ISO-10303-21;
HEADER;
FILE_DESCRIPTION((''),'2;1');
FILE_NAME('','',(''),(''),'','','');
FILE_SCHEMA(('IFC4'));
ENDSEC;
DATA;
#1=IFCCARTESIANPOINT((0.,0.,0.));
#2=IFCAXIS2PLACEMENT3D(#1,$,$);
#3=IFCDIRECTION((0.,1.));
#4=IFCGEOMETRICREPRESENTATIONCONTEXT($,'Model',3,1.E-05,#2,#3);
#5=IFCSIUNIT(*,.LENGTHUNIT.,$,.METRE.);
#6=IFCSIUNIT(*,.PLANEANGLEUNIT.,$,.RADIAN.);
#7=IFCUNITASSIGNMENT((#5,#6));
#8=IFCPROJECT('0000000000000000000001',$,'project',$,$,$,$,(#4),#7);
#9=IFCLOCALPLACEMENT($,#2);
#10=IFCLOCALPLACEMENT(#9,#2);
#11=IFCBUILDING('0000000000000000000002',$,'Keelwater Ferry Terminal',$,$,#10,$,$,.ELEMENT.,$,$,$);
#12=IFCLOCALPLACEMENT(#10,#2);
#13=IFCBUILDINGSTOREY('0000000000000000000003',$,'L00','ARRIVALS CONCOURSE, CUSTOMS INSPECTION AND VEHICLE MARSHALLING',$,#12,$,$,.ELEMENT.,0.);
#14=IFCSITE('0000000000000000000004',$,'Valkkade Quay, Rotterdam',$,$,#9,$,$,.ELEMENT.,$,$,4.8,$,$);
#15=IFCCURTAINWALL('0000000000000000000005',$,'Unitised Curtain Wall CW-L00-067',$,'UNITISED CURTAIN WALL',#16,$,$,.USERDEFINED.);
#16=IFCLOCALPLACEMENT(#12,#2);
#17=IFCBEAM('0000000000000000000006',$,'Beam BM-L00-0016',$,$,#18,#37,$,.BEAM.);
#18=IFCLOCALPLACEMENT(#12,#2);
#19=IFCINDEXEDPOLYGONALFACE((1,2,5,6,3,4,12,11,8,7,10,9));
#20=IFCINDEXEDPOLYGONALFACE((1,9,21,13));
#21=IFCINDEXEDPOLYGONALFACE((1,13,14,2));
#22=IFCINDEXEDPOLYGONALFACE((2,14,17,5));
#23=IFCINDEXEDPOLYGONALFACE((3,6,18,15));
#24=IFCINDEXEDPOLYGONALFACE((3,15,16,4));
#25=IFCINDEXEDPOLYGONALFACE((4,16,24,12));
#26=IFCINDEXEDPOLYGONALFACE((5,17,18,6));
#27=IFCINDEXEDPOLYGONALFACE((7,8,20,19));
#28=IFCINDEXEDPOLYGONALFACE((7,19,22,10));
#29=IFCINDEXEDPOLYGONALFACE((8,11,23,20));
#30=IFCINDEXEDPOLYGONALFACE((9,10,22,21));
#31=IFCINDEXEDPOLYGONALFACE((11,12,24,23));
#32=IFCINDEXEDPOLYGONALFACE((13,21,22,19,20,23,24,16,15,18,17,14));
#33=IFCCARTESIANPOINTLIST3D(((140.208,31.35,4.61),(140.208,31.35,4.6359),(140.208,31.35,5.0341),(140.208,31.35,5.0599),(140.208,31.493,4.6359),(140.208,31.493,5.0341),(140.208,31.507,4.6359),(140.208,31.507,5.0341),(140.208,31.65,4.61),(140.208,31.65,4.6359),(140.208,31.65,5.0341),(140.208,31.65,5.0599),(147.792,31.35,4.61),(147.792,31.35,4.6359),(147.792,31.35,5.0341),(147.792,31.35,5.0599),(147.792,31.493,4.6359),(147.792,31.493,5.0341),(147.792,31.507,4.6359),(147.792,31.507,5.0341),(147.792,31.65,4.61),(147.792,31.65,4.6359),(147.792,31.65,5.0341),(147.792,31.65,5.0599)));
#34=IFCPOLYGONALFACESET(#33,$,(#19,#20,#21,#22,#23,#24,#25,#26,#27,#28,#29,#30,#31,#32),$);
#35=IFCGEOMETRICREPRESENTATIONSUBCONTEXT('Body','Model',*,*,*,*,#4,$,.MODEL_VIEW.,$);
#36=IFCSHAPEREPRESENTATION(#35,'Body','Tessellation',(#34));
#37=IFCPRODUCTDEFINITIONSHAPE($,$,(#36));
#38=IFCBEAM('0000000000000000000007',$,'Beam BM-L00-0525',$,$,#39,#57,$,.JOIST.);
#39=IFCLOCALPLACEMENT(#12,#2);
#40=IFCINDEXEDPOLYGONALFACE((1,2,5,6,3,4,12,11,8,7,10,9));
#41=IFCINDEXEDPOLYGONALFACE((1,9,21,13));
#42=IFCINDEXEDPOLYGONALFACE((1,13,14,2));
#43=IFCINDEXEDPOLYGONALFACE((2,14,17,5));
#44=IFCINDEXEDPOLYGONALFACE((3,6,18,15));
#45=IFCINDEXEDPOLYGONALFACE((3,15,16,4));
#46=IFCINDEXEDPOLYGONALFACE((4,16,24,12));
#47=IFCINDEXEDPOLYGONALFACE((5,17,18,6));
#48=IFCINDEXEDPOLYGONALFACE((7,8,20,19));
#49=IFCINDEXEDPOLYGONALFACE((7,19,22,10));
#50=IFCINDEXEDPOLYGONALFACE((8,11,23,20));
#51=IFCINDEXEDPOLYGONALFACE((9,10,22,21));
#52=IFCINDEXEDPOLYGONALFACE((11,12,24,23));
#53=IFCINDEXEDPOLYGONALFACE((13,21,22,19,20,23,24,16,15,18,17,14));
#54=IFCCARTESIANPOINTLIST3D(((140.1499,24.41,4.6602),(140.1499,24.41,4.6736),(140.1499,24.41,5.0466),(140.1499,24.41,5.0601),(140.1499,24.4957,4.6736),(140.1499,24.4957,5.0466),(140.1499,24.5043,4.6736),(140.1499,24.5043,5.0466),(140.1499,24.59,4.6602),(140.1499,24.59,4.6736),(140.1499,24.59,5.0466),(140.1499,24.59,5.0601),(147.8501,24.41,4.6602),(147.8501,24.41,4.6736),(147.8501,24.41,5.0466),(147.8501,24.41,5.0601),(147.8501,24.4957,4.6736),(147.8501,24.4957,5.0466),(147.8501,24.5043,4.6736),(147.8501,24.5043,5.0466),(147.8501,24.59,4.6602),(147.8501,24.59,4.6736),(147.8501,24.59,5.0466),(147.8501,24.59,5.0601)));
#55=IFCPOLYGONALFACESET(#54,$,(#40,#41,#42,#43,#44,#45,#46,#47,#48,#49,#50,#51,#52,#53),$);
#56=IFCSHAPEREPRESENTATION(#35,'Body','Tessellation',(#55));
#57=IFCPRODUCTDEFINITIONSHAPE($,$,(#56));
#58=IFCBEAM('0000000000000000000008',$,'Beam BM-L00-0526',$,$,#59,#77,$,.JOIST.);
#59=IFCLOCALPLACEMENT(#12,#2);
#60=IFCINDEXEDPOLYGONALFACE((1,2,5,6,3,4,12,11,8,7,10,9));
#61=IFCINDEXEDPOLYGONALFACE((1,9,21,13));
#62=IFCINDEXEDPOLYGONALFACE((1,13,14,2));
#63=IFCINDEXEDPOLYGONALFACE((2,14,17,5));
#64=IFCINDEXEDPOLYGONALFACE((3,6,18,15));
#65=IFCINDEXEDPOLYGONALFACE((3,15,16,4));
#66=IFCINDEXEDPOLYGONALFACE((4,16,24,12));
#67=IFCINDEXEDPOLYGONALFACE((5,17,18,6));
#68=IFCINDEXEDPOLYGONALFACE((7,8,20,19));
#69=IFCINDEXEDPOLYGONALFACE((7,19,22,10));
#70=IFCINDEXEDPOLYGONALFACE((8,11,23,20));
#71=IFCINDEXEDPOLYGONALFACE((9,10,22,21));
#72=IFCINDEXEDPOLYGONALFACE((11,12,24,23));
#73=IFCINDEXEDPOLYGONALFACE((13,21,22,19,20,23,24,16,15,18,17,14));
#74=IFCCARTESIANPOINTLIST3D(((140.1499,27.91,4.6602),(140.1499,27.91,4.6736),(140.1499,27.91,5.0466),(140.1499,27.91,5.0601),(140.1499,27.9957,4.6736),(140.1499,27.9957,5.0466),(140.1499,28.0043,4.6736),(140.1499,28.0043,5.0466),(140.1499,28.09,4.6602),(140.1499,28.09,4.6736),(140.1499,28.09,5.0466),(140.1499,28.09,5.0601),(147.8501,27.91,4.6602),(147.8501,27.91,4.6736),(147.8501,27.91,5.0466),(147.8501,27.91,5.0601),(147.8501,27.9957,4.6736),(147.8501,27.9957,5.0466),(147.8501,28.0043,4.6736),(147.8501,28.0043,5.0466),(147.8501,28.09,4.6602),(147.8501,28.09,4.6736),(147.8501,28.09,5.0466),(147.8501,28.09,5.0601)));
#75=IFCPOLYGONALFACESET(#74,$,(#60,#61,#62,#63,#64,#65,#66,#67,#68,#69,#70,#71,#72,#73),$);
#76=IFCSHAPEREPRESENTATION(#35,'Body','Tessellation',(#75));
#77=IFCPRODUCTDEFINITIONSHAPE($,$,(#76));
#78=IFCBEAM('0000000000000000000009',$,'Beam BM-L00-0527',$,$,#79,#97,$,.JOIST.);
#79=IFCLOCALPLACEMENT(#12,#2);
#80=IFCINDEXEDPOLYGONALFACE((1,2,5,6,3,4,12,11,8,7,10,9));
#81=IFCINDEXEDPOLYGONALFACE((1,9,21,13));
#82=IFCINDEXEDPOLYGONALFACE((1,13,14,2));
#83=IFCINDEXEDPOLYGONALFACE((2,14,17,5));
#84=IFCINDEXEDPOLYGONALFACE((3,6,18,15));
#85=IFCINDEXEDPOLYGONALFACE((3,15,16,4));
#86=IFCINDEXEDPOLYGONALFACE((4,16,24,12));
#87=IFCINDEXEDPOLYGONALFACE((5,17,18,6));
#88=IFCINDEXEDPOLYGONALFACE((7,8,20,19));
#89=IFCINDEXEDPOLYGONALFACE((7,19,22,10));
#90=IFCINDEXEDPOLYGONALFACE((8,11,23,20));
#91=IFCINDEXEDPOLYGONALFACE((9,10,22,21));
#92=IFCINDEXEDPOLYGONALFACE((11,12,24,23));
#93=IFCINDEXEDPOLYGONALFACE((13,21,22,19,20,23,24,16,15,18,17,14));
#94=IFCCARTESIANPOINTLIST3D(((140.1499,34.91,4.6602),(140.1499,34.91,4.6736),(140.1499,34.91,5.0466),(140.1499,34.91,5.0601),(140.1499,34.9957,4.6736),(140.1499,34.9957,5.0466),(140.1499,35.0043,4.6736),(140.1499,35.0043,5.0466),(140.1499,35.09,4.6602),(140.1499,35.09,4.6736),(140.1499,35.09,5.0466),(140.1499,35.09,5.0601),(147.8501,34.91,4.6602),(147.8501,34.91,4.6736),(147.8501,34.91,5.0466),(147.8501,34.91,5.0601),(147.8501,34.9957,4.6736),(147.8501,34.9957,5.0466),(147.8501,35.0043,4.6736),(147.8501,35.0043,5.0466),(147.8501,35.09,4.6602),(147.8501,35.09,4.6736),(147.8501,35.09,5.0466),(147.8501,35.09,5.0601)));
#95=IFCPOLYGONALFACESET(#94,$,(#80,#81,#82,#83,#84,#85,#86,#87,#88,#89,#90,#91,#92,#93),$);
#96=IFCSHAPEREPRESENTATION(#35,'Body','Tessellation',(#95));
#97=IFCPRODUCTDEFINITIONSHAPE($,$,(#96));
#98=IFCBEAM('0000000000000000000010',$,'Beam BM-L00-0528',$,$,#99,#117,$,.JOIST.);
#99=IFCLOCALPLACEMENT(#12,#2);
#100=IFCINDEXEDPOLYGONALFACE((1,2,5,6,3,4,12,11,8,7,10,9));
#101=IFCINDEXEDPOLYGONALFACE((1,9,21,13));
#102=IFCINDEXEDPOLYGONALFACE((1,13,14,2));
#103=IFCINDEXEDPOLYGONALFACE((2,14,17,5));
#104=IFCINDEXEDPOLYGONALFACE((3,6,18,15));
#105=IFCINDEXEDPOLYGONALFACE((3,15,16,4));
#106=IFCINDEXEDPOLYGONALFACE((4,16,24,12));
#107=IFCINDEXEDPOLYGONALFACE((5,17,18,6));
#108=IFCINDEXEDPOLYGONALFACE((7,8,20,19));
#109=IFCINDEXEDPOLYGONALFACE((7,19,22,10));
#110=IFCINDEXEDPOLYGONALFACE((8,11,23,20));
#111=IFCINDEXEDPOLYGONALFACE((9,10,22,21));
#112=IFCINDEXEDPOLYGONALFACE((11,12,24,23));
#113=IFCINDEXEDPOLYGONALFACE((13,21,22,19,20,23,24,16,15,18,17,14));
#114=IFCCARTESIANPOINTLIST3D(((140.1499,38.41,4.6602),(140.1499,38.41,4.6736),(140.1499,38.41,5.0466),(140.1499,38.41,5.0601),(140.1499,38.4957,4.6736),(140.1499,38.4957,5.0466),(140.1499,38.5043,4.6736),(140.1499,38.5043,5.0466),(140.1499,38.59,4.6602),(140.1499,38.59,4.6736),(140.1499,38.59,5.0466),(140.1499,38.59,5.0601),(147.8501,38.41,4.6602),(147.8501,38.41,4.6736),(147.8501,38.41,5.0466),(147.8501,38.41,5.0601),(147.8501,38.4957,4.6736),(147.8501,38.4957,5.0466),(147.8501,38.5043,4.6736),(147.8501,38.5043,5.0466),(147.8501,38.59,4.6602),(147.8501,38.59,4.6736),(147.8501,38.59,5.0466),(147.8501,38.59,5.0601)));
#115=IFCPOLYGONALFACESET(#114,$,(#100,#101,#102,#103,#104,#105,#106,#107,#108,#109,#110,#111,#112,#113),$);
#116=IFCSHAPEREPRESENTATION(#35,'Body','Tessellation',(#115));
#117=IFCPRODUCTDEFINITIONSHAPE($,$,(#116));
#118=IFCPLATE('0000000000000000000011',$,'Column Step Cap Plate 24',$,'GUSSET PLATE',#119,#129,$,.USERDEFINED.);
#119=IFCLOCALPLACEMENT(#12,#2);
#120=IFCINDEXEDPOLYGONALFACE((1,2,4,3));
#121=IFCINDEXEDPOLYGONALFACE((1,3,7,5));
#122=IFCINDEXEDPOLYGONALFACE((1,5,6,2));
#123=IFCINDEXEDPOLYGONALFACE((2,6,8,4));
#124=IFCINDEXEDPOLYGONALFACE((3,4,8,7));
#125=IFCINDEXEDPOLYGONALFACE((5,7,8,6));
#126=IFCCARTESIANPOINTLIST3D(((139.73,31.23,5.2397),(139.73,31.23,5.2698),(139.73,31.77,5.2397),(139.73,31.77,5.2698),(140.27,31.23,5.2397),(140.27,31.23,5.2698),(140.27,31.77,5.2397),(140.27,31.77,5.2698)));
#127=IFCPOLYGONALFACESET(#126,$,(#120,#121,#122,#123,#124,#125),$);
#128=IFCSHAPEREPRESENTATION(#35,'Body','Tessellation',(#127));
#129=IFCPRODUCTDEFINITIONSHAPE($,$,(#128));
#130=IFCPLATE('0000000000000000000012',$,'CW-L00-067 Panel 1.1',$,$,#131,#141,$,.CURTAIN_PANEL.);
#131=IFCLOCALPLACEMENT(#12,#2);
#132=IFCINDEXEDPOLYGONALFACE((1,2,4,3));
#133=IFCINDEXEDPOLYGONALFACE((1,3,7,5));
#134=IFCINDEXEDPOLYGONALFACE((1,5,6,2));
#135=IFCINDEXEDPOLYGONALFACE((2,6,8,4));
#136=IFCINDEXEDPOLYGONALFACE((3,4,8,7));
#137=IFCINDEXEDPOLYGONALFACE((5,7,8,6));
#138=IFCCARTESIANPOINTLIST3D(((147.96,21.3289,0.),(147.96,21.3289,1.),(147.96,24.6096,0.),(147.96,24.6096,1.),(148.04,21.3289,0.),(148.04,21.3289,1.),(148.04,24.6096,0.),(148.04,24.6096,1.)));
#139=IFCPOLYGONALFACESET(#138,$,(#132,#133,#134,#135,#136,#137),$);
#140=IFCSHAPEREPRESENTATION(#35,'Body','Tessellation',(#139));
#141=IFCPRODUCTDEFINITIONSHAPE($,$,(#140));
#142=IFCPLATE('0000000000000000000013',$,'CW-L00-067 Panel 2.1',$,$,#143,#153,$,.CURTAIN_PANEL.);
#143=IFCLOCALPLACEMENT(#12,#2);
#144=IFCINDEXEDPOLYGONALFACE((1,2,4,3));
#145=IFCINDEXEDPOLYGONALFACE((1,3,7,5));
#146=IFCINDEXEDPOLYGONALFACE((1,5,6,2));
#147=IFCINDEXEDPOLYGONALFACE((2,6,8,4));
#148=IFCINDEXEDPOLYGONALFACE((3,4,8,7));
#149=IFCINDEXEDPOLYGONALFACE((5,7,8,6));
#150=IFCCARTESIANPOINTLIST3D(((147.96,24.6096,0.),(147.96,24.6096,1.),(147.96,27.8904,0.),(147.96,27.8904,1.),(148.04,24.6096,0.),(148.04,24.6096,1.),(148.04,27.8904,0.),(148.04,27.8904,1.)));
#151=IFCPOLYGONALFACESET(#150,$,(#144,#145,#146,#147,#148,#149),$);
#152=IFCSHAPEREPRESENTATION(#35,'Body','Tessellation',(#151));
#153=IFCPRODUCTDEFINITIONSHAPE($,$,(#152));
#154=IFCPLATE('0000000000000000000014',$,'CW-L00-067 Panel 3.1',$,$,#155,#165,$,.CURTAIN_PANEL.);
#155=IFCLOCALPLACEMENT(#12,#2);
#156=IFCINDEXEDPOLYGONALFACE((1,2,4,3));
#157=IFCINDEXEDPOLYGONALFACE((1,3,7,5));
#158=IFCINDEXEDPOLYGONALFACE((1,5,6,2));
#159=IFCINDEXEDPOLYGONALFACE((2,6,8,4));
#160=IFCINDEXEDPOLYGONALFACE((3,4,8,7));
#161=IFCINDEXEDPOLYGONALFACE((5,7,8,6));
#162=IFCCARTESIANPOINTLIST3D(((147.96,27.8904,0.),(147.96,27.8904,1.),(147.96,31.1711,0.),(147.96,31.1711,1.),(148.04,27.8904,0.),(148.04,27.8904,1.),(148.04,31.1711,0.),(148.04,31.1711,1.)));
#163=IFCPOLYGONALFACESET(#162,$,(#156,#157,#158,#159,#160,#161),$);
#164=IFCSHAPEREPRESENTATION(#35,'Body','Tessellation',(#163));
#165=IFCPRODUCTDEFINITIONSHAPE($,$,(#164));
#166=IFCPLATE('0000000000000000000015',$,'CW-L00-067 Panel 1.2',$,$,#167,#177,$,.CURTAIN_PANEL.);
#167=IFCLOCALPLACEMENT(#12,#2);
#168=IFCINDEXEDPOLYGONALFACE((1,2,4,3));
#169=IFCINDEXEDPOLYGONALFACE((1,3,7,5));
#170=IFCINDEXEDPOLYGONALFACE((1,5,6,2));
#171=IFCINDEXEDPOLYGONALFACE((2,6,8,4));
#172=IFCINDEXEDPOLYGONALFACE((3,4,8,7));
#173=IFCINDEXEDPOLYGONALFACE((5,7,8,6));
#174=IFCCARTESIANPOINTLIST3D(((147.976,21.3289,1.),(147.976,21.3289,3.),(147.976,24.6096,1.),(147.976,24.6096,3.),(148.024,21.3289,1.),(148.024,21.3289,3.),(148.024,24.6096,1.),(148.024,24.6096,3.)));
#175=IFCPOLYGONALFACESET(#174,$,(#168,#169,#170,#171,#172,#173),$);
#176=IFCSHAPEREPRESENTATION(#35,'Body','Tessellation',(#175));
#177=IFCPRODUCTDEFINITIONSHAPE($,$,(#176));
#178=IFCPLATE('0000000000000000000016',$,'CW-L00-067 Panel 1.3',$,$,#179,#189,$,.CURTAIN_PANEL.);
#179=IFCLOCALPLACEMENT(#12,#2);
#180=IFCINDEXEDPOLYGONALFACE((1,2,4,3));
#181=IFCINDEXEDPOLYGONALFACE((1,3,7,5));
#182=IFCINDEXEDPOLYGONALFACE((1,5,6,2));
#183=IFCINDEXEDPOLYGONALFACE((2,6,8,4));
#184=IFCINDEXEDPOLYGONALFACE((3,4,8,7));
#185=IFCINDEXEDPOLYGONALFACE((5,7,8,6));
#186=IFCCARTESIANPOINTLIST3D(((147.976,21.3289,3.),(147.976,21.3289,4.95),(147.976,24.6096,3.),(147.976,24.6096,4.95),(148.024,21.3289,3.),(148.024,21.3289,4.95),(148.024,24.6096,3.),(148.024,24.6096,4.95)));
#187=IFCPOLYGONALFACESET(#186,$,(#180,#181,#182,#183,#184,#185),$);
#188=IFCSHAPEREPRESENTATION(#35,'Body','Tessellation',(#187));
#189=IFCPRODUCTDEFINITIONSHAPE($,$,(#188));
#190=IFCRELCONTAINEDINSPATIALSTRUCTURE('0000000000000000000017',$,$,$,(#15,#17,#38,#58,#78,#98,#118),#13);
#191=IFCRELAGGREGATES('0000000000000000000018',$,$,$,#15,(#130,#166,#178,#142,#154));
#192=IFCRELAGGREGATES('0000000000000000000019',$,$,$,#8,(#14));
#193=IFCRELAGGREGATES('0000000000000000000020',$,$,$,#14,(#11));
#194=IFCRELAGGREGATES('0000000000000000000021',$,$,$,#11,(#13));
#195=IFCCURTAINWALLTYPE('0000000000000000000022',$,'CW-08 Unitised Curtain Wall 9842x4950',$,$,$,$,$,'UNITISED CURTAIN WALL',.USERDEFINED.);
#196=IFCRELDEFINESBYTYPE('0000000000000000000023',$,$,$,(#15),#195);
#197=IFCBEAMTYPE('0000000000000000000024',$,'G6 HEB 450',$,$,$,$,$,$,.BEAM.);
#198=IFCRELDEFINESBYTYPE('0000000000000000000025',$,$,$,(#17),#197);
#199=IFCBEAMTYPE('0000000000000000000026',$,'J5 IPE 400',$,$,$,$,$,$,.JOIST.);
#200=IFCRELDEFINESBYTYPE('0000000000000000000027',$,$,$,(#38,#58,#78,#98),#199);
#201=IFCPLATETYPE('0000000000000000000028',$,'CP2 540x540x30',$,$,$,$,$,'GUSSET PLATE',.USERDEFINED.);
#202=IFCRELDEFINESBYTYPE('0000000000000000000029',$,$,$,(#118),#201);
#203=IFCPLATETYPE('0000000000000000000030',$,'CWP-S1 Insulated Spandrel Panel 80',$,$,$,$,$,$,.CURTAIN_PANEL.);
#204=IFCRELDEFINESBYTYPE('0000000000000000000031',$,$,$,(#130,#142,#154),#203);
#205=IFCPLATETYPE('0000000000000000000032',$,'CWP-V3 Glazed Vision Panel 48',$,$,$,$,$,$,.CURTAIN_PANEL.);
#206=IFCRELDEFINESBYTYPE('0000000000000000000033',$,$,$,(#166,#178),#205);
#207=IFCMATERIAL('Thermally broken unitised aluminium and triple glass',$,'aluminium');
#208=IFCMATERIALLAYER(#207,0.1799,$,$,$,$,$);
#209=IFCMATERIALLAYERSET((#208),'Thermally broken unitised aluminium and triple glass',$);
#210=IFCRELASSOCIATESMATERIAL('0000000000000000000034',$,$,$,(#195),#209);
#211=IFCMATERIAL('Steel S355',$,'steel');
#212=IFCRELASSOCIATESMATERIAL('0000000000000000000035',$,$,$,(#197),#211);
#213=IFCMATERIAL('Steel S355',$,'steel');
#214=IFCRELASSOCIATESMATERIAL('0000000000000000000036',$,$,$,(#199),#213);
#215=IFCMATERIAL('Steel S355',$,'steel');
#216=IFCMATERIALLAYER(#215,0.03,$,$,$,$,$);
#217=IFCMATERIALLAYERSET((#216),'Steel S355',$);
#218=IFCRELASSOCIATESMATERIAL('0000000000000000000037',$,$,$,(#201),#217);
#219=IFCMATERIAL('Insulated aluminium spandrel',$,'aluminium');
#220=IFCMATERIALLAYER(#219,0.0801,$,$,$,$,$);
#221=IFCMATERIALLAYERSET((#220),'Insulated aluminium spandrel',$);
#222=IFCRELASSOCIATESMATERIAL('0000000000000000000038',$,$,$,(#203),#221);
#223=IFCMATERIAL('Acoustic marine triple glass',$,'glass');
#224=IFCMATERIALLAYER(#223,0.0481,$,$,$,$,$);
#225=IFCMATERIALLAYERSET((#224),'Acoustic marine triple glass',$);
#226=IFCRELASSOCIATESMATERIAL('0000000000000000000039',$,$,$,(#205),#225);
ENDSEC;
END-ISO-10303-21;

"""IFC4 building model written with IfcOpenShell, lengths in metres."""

from ifc_helpers import new_model, si_unit, direction, frame, origin, origin_2d, place, context, subcontext, project, spatial, rectangle, i_section, extrude, material, layer, layer_set, material_profile, profile_set, type_object, element, aggregate, save


model = new_model("IFC4")

# Units and contexts
model_context = context("Model", 3, precision=1e-05, world=origin(), true_north=direction((0.0, 1.0)))
body_context = subcontext(model_context, "Body", "Model", "MODEL_VIEW")
ifc_project = project(units=[si_unit("LENGTHUNIT", "METRE"), si_unit("PLANEANGLEUNIT", "RADIAN")], contexts=[model_context])

# Site, building, storey
site_placement = place(None, origin())
site = spatial("IfcSite", under=ifc_project, at=site_placement, Name="Valkkade Quay, Rotterdam", CompositionType="ELEMENT", RefElevation=4.8)
building_placement = place(site_placement, origin())
building = spatial("IfcBuilding", under=site, at=building_placement, Name="Keelwater Ferry Terminal", CompositionType="ELEMENT")
storey_placement = place(building_placement, origin())
storey = spatial("IfcBuildingStorey", under=building, at=storey_placement, Name="L00", Description="ARRIVALS CONCOURSE, CUSTOMS INSPECTION AND VEHICLE MARSHALLING", CompositionType="ELEMENT", Elevation=0.0)

# Curtain wall
ifc_material_1 = material(Name="Thermally broken unitised aluminium and triple glass", Category="aluminium")
ifc_layer_1 = layer(ifc_material_1, 0.1799)
ifc_layer_set_1 = layer_set([ifc_layer_1], Name="Thermally broken unitised aluminium and triple glass")
curtain_wall_type = type_object("IfcCurtainWallType", Name="CW-08 Unitised Curtain Wall 9842x4950", ElementType="UNITISED CURTAIN WALL", PredefinedType="USERDEFINED", material=ifc_layer_set_1)
curtain_wall_placement = place(storey_placement, origin())
curtain_wall = element("IfcCurtainWall", 1, at=curtain_wall_placement, inside=storey, type_object=curtain_wall_type, Name="Unitised Curtain Wall CW-L00-067", ObjectType="UNITISED CURTAIN WALL", PredefinedType="USERDEFINED")

# Beams
ifc_material_2 = material(Name="Steel S355", Category="steel")
ifc_material_profile_1 = material_profile(ifc_material_2, i_section(OverallWidth=0.3, OverallDepth=0.45, WebThickness=0.0139, FlangeThickness=0.0259, at=origin_2d()), Name="HEB 450")
ifc_profile_set_1 = profile_set([ifc_material_profile_1], Name="Steel S355")
beam_type_1 = type_object("IfcBeamType", Name="G6 HEB 450", PredefinedType="BEAM", material=ifc_profile_set_1)
beam_1_placement = place(storey_placement, frame((140.208, 31.5, 4.835), z_axis=(1.0, 0.0, 0.0), x_axis=(0.0, 1.0, 0.0)))
element("IfcBeam", 2, at=beam_1_placement, inside=storey, type_object=beam_type_1, Name="Beam BM-L00-0016", PredefinedType="BEAM", context=body_context, shape_type="SweptSolid", body=[
    extrude(i_section(OverallWidth=0.3, OverallDepth=0.45, WebThickness=0.0139, FlangeThickness=0.0259, at=origin_2d()), origin(), (0.0, 0.0, 1.0), 7.584),
])
ifc_material_3 = material(Name="Steel S355", Category="steel")
ifc_material_profile_2 = material_profile(ifc_material_3, i_section(OverallWidth=0.1799, OverallDepth=0.3999, WebThickness=0.0085, FlangeThickness=0.0134, at=origin_2d()), Name="IPE 400")
ifc_profile_set_2 = profile_set([ifc_material_profile_2], Name="Steel S355")
beam_type_2 = type_object("IfcBeamType", Name="J5 IPE 400", PredefinedType="JOIST", material=ifc_profile_set_2)
for number, where, z_axis, x_axis, name in (
    (3, (140.1499, 24.5, 4.8601), (1.0, 0.0, 0.0), (0.0, 1.0, 0.0), "Beam BM-L00-0525"),
    (4, (140.1499, 28.0, 4.8601), (1.0, 0.0, 0.0), (0.0, 1.0, 0.0), "Beam BM-L00-0526"),
    (5, (140.1499, 35.0, 4.8601), (1.0, 0.0, 0.0), (0.0, 1.0, 0.0), "Beam BM-L00-0527"),
    (6, (140.1499, 38.5, 4.8601), (1.0, 0.0, 0.0), (0.0, 1.0, 0.0), "Beam BM-L00-0528"),
):
    element("IfcBeam", number, at=place(storey_placement, frame(where, z_axis=z_axis, x_axis=x_axis)), inside=storey, type_object=beam_type_2, Name=name, PredefinedType="JOIST", context=body_context, shape_type="SweptSolid", body=[
        extrude(i_section(OverallWidth=0.1799, OverallDepth=0.3999, WebThickness=0.0085, FlangeThickness=0.0134, at=origin_2d()), origin(), (0.0, 0.0, 1.0), 7.7002),
    ])

# Plates
ifc_material_4 = material(Name="Steel S355", Category="steel")
ifc_layer_2 = layer(ifc_material_4, 0.03)
ifc_layer_set_2 = layer_set([ifc_layer_2], Name="Steel S355")
plate_type_1 = type_object("IfcPlateType", Name="CP2 540x540x30", ElementType="GUSSET PLATE", PredefinedType="USERDEFINED", material=ifc_layer_set_2)
plate_1_placement = place(storey_placement, frame((140.0, 31.5, 5.2397), z_axis=(0.0, 0.0, 1.0), x_axis=(1.0, 0.0, 0.0)))
element("IfcPlate", 7, at=plate_1_placement, inside=storey, type_object=plate_type_1, Name="Column Step Cap Plate 24", ObjectType="GUSSET PLATE", PredefinedType="USERDEFINED", context=body_context, shape_type="SweptSolid", body=[
    extrude(rectangle(XDim=0.54, YDim=0.54, at=origin_2d()), origin(), (0.0, 0.0, 1.0), 0.03),
])
ifc_material_5 = material(Name="Insulated aluminium spandrel", Category="aluminium")
ifc_layer_3 = layer(ifc_material_5, 0.0801)
ifc_layer_set_3 = layer_set([ifc_layer_3], Name="Insulated aluminium spandrel")
plate_type_2 = type_object("IfcPlateType", Name="CWP-S1 Insulated Spandrel Panel 80", PredefinedType="CURTAIN_PANEL", material=ifc_layer_set_3)
plate_2_placement = place(storey_placement, frame((148.0, 22.9692, 0.0), z_axis=(0.0, 0.0, 1.0), x_axis=(0.0, 1.0, 0.0)))
plate_2 = element("IfcPlate", 8, at=plate_2_placement, type_object=plate_type_2, Name="CW-L00-067 Panel 1.1", PredefinedType="CURTAIN_PANEL", context=body_context, shape_type="SweptSolid", body=[
    extrude(rectangle(XDim=3.2808, YDim=0.0801, at=origin_2d()), origin(), (0.0, 0.0, 1.0), 1.0),
])
plate_3_placement = place(storey_placement, frame((148.0, 26.25, 0.0), z_axis=(0.0, 0.0, 1.0), x_axis=(0.0, 1.0, 0.0)))
plate_3 = element("IfcPlate", 9, at=plate_3_placement, type_object=plate_type_2, Name="CW-L00-067 Panel 2.1", PredefinedType="CURTAIN_PANEL", context=body_context, shape_type="SweptSolid", body=[
    extrude(rectangle(XDim=3.2808, YDim=0.0801, at=origin_2d()), origin(), (0.0, 0.0, 1.0), 1.0),
])
plate_4_placement = place(storey_placement, frame((148.0, 29.5308, 0.0), z_axis=(0.0, 0.0, 1.0), x_axis=(0.0, 1.0, 0.0)))
plate_4 = element("IfcPlate", 10, at=plate_4_placement, type_object=plate_type_2, Name="CW-L00-067 Panel 3.1", PredefinedType="CURTAIN_PANEL", context=body_context, shape_type="SweptSolid", body=[
    extrude(rectangle(XDim=3.2808, YDim=0.0801, at=origin_2d()), origin(), (0.0, 0.0, 1.0), 1.0),
])
ifc_material_6 = material(Name="Acoustic marine triple glass", Category="glass")
ifc_layer_4 = layer(ifc_material_6, 0.0481)
ifc_layer_set_4 = layer_set([ifc_layer_4], Name="Acoustic marine triple glass")
plate_type_3 = type_object("IfcPlateType", Name="CWP-V3 Glazed Vision Panel 48", PredefinedType="CURTAIN_PANEL", material=ifc_layer_set_4)
plate_5_placement = place(storey_placement, frame((148.0, 22.9692, 1.0), z_axis=(0.0, 0.0, 1.0), x_axis=(0.0, 1.0, 0.0)))
plate_5 = element("IfcPlate", 11, at=plate_5_placement, type_object=plate_type_3, Name="CW-L00-067 Panel 1.2", PredefinedType="CURTAIN_PANEL", context=body_context, shape_type="SweptSolid", body=[
    extrude(rectangle(XDim=3.2808, YDim=0.0481, at=origin_2d()), origin(), (0.0, 0.0, 1.0), 2.0),
])
plate_6_placement = place(storey_placement, frame((148.0, 22.9692, 3.0), z_axis=(0.0, 0.0, 1.0), x_axis=(0.0, 1.0, 0.0)))
plate_6 = element("IfcPlate", 12, at=plate_6_placement, type_object=plate_type_3, Name="CW-L00-067 Panel 1.3", PredefinedType="CURTAIN_PANEL", context=body_context, shape_type="SweptSolid", body=[
    extrude(rectangle(XDim=3.2808, YDim=0.0481, at=origin_2d()), origin(), (0.0, 0.0, 1.0), 1.95),
])
aggregate(curtain_wall, [plate_2, plate_5, plate_6, plate_3, plate_4])

save(model, "model.ifc")
